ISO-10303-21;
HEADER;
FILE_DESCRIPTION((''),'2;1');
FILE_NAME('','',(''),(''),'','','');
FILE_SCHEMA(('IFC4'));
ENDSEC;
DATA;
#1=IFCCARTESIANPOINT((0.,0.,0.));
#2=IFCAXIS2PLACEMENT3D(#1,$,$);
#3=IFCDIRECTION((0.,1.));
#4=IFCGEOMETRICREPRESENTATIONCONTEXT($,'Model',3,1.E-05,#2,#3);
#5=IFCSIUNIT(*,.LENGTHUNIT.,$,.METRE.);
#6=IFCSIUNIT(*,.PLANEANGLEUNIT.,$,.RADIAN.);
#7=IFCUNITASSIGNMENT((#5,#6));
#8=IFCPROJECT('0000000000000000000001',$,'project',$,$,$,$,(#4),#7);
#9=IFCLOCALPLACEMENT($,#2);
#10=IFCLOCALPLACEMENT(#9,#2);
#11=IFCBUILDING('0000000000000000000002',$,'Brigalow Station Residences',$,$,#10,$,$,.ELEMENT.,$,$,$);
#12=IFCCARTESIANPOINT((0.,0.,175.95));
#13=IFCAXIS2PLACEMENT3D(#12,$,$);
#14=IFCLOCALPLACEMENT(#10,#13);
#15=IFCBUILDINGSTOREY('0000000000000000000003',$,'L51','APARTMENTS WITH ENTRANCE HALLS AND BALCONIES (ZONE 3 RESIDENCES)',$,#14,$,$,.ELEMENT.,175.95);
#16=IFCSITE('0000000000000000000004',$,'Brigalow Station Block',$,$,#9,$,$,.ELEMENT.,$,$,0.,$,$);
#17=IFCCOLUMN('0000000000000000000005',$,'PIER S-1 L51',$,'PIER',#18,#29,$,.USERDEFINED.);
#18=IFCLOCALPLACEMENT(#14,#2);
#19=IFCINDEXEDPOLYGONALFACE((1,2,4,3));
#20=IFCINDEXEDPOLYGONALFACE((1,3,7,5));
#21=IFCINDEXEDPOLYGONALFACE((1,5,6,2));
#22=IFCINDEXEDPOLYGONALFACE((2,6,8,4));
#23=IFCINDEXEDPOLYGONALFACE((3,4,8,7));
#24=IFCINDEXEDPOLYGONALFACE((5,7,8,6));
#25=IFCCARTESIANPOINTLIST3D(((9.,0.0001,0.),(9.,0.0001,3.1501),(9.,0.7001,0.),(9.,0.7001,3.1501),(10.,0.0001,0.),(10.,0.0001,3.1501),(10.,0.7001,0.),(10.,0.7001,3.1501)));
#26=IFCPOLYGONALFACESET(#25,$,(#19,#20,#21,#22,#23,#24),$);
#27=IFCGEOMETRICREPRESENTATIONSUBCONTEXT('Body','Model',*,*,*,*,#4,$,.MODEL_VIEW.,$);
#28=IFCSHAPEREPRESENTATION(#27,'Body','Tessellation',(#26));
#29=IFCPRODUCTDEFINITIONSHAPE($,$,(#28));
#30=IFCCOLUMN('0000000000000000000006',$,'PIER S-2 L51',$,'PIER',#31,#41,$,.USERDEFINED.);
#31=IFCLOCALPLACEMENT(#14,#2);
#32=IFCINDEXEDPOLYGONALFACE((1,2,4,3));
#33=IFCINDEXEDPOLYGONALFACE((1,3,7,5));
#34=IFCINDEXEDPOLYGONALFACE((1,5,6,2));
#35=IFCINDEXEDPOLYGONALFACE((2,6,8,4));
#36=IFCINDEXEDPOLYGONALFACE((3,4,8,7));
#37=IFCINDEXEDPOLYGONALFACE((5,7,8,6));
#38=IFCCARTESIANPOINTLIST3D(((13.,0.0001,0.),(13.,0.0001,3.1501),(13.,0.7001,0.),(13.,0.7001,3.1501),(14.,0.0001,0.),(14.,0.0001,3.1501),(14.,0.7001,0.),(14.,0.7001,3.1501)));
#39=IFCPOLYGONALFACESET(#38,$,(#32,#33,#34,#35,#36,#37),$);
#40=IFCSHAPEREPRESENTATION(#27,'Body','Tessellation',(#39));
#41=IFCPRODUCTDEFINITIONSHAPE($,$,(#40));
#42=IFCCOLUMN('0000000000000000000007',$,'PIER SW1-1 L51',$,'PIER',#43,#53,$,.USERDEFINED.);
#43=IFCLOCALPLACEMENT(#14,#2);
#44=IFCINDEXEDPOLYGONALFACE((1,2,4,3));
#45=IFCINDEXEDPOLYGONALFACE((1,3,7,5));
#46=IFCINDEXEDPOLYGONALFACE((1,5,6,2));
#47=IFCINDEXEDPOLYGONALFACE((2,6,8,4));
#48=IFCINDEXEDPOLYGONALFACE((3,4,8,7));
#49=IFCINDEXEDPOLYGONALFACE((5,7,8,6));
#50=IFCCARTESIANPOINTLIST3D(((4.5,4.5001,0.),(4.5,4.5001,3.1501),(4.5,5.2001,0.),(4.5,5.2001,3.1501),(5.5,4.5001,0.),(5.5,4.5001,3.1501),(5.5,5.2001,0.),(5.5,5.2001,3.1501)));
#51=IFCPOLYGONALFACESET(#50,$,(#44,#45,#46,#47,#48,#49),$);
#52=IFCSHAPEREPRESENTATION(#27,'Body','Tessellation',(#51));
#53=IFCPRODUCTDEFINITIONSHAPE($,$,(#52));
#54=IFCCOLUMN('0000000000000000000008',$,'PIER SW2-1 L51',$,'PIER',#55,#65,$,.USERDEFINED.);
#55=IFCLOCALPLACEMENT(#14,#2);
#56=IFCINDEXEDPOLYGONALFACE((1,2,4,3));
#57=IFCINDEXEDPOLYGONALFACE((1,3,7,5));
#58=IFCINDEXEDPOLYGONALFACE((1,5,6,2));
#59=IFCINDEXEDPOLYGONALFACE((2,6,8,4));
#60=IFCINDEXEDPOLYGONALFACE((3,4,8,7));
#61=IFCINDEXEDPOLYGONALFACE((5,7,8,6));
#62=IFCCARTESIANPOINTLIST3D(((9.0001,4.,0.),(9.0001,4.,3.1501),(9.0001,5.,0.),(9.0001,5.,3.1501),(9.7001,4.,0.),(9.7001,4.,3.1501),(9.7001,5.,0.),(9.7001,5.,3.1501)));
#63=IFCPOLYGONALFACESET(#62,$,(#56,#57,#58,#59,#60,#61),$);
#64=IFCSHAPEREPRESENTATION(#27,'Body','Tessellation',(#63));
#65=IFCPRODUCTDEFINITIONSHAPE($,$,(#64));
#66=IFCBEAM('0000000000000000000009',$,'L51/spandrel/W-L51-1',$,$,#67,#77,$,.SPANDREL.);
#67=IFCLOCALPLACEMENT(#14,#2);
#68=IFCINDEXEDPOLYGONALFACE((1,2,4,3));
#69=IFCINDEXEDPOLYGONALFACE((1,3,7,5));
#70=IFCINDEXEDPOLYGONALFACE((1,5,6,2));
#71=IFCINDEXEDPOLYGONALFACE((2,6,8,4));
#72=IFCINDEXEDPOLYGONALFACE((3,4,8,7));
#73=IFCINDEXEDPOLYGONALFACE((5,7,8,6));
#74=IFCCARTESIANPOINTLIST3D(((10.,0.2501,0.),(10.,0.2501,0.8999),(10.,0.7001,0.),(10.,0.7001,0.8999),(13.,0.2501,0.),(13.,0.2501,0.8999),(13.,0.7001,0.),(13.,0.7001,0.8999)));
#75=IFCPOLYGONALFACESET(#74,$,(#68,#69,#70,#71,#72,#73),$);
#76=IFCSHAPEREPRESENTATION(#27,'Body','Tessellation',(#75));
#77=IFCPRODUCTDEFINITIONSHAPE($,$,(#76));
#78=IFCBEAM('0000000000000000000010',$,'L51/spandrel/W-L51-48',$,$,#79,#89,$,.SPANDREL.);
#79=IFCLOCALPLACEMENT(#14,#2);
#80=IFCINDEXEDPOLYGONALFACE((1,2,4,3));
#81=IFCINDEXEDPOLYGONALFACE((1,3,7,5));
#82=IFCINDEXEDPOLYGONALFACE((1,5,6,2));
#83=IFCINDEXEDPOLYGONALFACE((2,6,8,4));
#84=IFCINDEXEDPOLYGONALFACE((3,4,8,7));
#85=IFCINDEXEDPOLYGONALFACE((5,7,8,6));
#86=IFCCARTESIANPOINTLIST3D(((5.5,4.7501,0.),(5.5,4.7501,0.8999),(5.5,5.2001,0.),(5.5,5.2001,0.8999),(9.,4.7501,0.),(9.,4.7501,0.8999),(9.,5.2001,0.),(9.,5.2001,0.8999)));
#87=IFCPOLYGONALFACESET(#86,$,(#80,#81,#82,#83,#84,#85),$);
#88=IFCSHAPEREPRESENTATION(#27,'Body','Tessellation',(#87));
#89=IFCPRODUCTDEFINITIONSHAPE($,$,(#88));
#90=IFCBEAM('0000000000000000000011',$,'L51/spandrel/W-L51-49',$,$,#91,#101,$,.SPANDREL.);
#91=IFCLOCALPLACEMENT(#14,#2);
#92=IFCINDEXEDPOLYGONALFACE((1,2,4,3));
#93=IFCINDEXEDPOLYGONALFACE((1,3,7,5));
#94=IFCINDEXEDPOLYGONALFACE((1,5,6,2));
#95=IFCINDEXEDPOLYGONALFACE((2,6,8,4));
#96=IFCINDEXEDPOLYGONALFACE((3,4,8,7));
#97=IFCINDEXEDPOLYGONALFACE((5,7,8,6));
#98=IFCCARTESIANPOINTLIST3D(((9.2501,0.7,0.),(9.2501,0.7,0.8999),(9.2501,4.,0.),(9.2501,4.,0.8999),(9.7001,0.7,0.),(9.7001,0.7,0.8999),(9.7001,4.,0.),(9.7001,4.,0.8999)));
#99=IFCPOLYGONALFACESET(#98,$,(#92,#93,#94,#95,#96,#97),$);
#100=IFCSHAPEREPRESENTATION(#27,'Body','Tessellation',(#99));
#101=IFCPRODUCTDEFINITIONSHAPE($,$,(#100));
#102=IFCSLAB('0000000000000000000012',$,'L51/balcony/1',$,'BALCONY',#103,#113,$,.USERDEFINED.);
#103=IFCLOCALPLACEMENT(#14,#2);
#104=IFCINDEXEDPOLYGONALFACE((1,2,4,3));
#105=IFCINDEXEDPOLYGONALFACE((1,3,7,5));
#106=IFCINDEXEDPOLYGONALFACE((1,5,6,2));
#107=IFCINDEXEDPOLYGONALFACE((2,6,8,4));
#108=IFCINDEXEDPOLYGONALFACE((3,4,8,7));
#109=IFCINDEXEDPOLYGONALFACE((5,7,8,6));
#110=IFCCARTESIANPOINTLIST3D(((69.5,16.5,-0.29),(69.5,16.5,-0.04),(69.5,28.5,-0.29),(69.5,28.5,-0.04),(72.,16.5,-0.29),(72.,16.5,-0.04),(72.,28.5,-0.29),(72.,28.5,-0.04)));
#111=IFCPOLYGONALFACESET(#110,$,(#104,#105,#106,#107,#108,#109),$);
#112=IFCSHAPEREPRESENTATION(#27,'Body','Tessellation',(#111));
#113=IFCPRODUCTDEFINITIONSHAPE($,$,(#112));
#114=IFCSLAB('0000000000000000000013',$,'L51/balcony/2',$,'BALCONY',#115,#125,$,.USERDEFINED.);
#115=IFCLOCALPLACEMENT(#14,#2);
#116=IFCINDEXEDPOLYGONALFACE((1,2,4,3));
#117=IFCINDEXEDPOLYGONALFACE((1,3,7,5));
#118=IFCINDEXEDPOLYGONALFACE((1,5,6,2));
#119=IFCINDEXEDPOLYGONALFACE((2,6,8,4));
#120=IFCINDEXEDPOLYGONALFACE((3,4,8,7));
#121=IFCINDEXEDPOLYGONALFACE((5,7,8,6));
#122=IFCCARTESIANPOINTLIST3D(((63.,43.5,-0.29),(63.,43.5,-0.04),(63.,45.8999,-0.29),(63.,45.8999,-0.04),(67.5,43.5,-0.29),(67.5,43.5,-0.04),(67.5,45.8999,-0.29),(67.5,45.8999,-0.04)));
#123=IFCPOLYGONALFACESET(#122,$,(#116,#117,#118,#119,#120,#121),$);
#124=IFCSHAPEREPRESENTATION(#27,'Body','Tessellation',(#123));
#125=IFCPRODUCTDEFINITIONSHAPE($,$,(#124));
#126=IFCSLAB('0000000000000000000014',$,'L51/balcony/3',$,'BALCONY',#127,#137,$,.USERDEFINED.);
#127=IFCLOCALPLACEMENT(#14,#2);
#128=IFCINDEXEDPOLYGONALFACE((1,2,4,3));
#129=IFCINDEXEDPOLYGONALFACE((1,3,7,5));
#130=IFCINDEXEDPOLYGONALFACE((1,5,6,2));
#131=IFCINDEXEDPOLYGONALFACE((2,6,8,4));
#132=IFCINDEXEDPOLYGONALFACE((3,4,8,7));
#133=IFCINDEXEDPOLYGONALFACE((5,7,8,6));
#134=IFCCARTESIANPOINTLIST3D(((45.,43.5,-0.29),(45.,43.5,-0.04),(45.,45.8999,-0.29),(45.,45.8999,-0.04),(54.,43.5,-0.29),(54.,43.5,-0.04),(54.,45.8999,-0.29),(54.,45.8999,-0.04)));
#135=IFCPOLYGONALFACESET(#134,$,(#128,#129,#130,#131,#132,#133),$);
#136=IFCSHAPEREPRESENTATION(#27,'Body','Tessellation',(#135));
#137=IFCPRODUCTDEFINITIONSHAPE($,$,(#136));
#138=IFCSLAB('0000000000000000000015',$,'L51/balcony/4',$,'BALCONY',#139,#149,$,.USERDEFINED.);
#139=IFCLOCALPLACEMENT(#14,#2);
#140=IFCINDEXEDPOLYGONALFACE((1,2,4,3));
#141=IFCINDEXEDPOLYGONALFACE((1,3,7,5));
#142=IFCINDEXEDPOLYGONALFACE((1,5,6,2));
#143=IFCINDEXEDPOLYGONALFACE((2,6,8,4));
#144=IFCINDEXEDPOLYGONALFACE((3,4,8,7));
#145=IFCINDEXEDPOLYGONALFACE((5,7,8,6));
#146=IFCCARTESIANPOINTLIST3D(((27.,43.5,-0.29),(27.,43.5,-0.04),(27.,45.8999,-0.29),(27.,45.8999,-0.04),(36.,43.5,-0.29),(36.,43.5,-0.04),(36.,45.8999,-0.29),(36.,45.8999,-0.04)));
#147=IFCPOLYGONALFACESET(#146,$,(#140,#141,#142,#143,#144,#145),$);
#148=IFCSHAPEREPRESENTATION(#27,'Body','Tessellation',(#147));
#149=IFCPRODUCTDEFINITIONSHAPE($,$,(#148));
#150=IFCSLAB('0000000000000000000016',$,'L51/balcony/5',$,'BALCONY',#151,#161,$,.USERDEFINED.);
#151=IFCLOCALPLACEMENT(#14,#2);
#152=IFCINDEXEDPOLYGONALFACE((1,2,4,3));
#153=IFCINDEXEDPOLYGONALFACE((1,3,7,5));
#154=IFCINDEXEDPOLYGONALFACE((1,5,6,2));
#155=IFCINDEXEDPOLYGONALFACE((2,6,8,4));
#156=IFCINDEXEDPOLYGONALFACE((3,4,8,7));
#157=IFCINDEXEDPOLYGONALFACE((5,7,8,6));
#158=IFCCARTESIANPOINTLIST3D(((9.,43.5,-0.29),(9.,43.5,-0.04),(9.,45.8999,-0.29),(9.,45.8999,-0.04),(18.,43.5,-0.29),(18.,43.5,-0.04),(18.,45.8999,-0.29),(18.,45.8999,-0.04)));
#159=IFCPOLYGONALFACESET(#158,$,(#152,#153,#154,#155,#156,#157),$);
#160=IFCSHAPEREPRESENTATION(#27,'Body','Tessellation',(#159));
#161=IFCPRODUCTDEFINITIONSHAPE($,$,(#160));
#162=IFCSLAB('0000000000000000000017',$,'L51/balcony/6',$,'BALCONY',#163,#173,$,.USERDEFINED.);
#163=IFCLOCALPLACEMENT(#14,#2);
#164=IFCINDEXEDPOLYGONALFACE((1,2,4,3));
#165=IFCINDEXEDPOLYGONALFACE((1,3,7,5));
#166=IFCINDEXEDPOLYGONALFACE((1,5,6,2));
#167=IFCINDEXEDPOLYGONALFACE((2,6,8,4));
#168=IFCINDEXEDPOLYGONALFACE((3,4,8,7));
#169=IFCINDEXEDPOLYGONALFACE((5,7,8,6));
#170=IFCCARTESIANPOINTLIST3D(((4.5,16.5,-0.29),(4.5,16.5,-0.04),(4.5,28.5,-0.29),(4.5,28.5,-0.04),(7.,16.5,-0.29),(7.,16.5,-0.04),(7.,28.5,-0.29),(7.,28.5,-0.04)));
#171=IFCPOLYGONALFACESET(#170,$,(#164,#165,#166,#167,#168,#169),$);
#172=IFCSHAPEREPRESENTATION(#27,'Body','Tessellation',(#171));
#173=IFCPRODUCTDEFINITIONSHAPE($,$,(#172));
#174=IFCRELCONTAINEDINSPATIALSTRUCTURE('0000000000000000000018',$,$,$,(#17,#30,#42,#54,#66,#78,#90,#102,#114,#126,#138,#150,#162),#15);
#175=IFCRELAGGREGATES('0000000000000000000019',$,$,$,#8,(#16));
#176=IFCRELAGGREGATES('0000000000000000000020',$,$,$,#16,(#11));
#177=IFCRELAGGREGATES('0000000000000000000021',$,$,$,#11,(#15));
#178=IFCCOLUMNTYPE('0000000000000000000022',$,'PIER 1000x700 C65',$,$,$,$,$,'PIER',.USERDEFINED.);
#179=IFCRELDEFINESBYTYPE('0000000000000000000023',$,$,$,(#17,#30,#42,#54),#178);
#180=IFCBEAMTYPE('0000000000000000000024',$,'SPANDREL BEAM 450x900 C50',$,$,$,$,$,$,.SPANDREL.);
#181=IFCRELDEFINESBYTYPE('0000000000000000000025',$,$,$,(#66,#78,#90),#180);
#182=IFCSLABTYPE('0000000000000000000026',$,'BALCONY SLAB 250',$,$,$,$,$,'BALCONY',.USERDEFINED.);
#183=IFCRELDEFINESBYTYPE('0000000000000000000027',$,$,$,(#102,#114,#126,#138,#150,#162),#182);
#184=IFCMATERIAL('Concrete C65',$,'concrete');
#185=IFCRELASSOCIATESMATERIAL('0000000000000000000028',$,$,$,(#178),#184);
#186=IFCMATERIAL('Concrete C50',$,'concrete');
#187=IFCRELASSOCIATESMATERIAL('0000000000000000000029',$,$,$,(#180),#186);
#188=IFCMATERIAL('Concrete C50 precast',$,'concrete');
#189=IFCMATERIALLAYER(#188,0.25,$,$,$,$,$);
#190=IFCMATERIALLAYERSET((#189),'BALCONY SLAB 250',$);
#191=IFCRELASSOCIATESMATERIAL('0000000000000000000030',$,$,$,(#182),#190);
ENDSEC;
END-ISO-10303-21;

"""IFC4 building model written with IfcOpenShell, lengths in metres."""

from ifc_helpers import new_model, si_unit, direction, frame, origin, origin_2d, place, context, subcontext, project, spatial, polyline, rectangle, outline, extrude, material, layer, layer_set, material_profile, profile_set, type_object, element, save


model = new_model("IFC4")

# Units and contexts
model_context = context("Model", 3, precision=1e-05, world=origin(), true_north=direction((0.0, 1.0)))
body_context = subcontext(model_context, "Body", "Model", "MODEL_VIEW")
ifc_project = project(units=[si_unit("LENGTHUNIT", "METRE"), si_unit("PLANEANGLEUNIT", "RADIAN")], contexts=[model_context])

# Site, building, storey
site_placement = place(None, origin())
site = spatial("IfcSite", under=ifc_project, at=site_placement, Name="Brigalow Station Block", CompositionType="ELEMENT", RefElevation=0.0)
building_placement = place(site_placement, origin())
building = spatial("IfcBuilding", under=site, at=building_placement, Name="Brigalow Station Residences", CompositionType="ELEMENT")
storey_placement = place(building_placement, frame((0.0, 0.0, 175.95)))
storey = spatial("IfcBuildingStorey", under=building, at=storey_placement, Name="L51", Description="APARTMENTS WITH ENTRANCE HALLS AND BALCONIES (ZONE 3 RESIDENCES)", CompositionType="ELEMENT", Elevation=175.95)

# Columns
ifc_material_1 = material(Name="Concrete C65", Category="concrete")
ifc_material_profile_1 = material_profile(ifc_material_1, rectangle(XDim=1.0, YDim=0.7, at=origin_2d()), Name="RC1000x700")
ifc_profile_set_1 = profile_set([ifc_material_profile_1], Name="Concrete C65")
column_type = type_object("IfcColumnType", Name="PIER 1000x700 C65", ElementType="PIER", PredefinedType="USERDEFINED", material=ifc_profile_set_1)
for number, where, z_axis, x_axis, name in (
    (1, (9.5, 0.3501, 0.0), (0.0, 0.0, 1.0), (1.0, 0.0, 0.0), "PIER S-1 L51"),
    (2, (13.5, 0.3501, 0.0), (0.0, 0.0, 1.0), (1.0, 0.0, 0.0), "PIER S-2 L51"),
    (3, (5.0, 4.8501, 0.0), (0.0, 0.0, 1.0), (1.0, 0.0, 0.0), "PIER SW1-1 L51"),
    (4, (9.3501, 4.5, 0.0), (0.0, 0.0, 1.0), (0.0, -1.0, 0.0), "PIER SW2-1 L51"),
):
    element("IfcColumn", number, at=place(storey_placement, frame(where, z_axis=z_axis, x_axis=x_axis)), inside=storey, type_object=column_type, Name=name, ObjectType="PIER", PredefinedType="USERDEFINED", context=body_context, shape_type="SweptSolid", body=[
        extrude(rectangle(XDim=1.0, YDim=0.7, at=origin_2d()), origin(), (0.0, 0.0, 1.0), 3.1501),
    ])

# Beams
ifc_material_2 = material(Name="Concrete C50", Category="concrete")
ifc_material_profile_2 = material_profile(ifc_material_2, rectangle(XDim=0.45, YDim=0.8999, at=origin_2d()), Name="RC450x900")
ifc_profile_set_2 = profile_set([ifc_material_profile_2], Name="Concrete C50")
beam_type = type_object("IfcBeamType", Name="SPANDREL BEAM 450x900 C50", PredefinedType="SPANDREL", material=ifc_profile_set_2)
beam_1_placement = place(storey_placement, frame((10.0, 0.4751, 0.45), z_axis=(1.0, 0.0, 0.0), x_axis=(0.0, 1.0, 0.0)))
element("IfcBeam", 5, at=beam_1_placement, inside=storey, type_object=beam_type, Name="L51/spandrel/W-L51-1", PredefinedType="SPANDREL", context=body_context, shape_type="SweptSolid", body=[
    extrude(rectangle(XDim=0.45, YDim=0.8999, at=origin_2d()), origin(), (0.0, 0.0, 1.0), 3.0),
])
beam_2_placement = place(storey_placement, frame((5.5, 4.9751, 0.45), z_axis=(1.0, 0.0, 0.0), x_axis=(0.0, 1.0, 0.0)))
element("IfcBeam", 6, at=beam_2_placement, inside=storey, type_object=beam_type, Name="L51/spandrel/W-L51-48", PredefinedType="SPANDREL", context=body_context, shape_type="SweptSolid", body=[
    extrude(rectangle(XDim=0.45, YDim=0.8999, at=origin_2d()), origin(), (0.0, 0.0, 1.0), 3.5),
])
beam_3_placement = place(storey_placement, frame((9.4751, 4.0, 0.45), z_axis=(0.0, -1.0, 0.0), x_axis=(1.0, 0.0, 0.0)))
element("IfcBeam", 7, at=beam_3_placement, inside=storey, type_object=beam_type, Name="L51/spandrel/W-L51-49", PredefinedType="SPANDREL", context=body_context, shape_type="SweptSolid", body=[
    extrude(rectangle(XDim=0.45, YDim=0.8999, at=origin_2d()), origin(), (0.0, 0.0, 1.0), 3.3),
])

# Slabs
ifc_material_3 = material(Name="Concrete C50 precast", Category="concrete")
ifc_layer_1 = layer(ifc_material_3, 0.25)
ifc_layer_set_1 = layer_set([ifc_layer_1], Name="BALCONY SLAB 250")
slab_type_1 = type_object("IfcSlabType", Name="BALCONY SLAB 250", ElementType="BALCONY", PredefinedType="USERDEFINED", material=ifc_layer_set_1)
slab_1_placement = place(storey_placement, frame((0.0, 0.0, -0.29)))
element("IfcSlab", 8, at=slab_1_placement, inside=storey, type_object=slab_type_1, Name="L51/balcony/1", ObjectType="BALCONY", PredefinedType="USERDEFINED", context=body_context, shape_type="SweptSolid", body=[
    extrude(outline(polyline([(69.5, 16.5), (72.0, 16.5), (72.0, 28.5), (69.5, 28.5), (69.5, 16.5)])), origin(), (0.0, 0.0, 1.0), 0.25),
])
slab_2_placement = place(storey_placement, frame((0.0, 0.0, -0.29)))
element("IfcSlab", 9, at=slab_2_placement, inside=storey, type_object=slab_type_1, Name="L51/balcony/2", ObjectType="BALCONY", PredefinedType="USERDEFINED", context=body_context, shape_type="SweptSolid", body=[
    extrude(outline(polyline([(67.5, 43.5), (67.5, 45.8999), (63.0, 45.8999), (63.0, 43.5), (67.5, 43.5)])), origin(), (0.0, 0.0, 1.0), 0.25),
])
slab_3_placement = place(storey_placement, frame((0.0, 0.0, -0.29)))
element("IfcSlab", 10, at=slab_3_placement, inside=storey, type_object=slab_type_1, Name="L51/balcony/3", ObjectType="BALCONY", PredefinedType="USERDEFINED", context=body_context, shape_type="SweptSolid", body=[
    extrude(outline(polyline([(54.0, 43.5), (54.0, 45.8999), (45.0, 45.8999), (45.0, 43.5), (54.0, 43.5)])), origin(), (0.0, 0.0, 1.0), 0.25),
])
slab_4_placement = place(storey_placement, frame((0.0, 0.0, -0.29)))
element("IfcSlab", 11, at=slab_4_placement, inside=storey, type_object=slab_type_1, Name="L51/balcony/4", ObjectType="BALCONY", PredefinedType="USERDEFINED", context=body_context, shape_type="SweptSolid", body=[
    extrude(outline(polyline([(36.0, 43.5), (36.0, 45.8999), (27.0, 45.8999), (27.0, 43.5), (36.0, 43.5)])), origin(), (0.0, 0.0, 1.0), 0.25),
])
slab_5_placement = place(storey_placement, frame((0.0, 0.0, -0.29)))
element("IfcSlab", 12, at=slab_5_placement, inside=storey, type_object=slab_type_1, Name="L51/balcony/5", ObjectType="BALCONY", PredefinedType="USERDEFINED", context=body_context, shape_type="SweptSolid", body=[
    extrude(outline(polyline([(18.0, 43.5), (18.0, 45.8999), (9.0, 45.8999), (9.0, 43.5), (18.0, 43.5)])), origin(), (0.0, 0.0, 1.0), 0.25),
])
slab_6_placement = place(storey_placement, frame((0.0, 0.0, -0.29)))
element("IfcSlab", 13, at=slab_6_placement, inside=storey, type_object=slab_type_1, Name="L51/balcony/6", ObjectType="BALCONY", PredefinedType="USERDEFINED", context=body_context, shape_type="SweptSolid", body=[
    extrude(outline(polyline([(7.0, 28.5), (4.5, 28.5), (4.5, 16.5), (7.0, 16.5), (7.0, 28.5)])), origin(), (0.0, 0.0, 1.0), 0.25),
])

save(model, "model.ifc")
